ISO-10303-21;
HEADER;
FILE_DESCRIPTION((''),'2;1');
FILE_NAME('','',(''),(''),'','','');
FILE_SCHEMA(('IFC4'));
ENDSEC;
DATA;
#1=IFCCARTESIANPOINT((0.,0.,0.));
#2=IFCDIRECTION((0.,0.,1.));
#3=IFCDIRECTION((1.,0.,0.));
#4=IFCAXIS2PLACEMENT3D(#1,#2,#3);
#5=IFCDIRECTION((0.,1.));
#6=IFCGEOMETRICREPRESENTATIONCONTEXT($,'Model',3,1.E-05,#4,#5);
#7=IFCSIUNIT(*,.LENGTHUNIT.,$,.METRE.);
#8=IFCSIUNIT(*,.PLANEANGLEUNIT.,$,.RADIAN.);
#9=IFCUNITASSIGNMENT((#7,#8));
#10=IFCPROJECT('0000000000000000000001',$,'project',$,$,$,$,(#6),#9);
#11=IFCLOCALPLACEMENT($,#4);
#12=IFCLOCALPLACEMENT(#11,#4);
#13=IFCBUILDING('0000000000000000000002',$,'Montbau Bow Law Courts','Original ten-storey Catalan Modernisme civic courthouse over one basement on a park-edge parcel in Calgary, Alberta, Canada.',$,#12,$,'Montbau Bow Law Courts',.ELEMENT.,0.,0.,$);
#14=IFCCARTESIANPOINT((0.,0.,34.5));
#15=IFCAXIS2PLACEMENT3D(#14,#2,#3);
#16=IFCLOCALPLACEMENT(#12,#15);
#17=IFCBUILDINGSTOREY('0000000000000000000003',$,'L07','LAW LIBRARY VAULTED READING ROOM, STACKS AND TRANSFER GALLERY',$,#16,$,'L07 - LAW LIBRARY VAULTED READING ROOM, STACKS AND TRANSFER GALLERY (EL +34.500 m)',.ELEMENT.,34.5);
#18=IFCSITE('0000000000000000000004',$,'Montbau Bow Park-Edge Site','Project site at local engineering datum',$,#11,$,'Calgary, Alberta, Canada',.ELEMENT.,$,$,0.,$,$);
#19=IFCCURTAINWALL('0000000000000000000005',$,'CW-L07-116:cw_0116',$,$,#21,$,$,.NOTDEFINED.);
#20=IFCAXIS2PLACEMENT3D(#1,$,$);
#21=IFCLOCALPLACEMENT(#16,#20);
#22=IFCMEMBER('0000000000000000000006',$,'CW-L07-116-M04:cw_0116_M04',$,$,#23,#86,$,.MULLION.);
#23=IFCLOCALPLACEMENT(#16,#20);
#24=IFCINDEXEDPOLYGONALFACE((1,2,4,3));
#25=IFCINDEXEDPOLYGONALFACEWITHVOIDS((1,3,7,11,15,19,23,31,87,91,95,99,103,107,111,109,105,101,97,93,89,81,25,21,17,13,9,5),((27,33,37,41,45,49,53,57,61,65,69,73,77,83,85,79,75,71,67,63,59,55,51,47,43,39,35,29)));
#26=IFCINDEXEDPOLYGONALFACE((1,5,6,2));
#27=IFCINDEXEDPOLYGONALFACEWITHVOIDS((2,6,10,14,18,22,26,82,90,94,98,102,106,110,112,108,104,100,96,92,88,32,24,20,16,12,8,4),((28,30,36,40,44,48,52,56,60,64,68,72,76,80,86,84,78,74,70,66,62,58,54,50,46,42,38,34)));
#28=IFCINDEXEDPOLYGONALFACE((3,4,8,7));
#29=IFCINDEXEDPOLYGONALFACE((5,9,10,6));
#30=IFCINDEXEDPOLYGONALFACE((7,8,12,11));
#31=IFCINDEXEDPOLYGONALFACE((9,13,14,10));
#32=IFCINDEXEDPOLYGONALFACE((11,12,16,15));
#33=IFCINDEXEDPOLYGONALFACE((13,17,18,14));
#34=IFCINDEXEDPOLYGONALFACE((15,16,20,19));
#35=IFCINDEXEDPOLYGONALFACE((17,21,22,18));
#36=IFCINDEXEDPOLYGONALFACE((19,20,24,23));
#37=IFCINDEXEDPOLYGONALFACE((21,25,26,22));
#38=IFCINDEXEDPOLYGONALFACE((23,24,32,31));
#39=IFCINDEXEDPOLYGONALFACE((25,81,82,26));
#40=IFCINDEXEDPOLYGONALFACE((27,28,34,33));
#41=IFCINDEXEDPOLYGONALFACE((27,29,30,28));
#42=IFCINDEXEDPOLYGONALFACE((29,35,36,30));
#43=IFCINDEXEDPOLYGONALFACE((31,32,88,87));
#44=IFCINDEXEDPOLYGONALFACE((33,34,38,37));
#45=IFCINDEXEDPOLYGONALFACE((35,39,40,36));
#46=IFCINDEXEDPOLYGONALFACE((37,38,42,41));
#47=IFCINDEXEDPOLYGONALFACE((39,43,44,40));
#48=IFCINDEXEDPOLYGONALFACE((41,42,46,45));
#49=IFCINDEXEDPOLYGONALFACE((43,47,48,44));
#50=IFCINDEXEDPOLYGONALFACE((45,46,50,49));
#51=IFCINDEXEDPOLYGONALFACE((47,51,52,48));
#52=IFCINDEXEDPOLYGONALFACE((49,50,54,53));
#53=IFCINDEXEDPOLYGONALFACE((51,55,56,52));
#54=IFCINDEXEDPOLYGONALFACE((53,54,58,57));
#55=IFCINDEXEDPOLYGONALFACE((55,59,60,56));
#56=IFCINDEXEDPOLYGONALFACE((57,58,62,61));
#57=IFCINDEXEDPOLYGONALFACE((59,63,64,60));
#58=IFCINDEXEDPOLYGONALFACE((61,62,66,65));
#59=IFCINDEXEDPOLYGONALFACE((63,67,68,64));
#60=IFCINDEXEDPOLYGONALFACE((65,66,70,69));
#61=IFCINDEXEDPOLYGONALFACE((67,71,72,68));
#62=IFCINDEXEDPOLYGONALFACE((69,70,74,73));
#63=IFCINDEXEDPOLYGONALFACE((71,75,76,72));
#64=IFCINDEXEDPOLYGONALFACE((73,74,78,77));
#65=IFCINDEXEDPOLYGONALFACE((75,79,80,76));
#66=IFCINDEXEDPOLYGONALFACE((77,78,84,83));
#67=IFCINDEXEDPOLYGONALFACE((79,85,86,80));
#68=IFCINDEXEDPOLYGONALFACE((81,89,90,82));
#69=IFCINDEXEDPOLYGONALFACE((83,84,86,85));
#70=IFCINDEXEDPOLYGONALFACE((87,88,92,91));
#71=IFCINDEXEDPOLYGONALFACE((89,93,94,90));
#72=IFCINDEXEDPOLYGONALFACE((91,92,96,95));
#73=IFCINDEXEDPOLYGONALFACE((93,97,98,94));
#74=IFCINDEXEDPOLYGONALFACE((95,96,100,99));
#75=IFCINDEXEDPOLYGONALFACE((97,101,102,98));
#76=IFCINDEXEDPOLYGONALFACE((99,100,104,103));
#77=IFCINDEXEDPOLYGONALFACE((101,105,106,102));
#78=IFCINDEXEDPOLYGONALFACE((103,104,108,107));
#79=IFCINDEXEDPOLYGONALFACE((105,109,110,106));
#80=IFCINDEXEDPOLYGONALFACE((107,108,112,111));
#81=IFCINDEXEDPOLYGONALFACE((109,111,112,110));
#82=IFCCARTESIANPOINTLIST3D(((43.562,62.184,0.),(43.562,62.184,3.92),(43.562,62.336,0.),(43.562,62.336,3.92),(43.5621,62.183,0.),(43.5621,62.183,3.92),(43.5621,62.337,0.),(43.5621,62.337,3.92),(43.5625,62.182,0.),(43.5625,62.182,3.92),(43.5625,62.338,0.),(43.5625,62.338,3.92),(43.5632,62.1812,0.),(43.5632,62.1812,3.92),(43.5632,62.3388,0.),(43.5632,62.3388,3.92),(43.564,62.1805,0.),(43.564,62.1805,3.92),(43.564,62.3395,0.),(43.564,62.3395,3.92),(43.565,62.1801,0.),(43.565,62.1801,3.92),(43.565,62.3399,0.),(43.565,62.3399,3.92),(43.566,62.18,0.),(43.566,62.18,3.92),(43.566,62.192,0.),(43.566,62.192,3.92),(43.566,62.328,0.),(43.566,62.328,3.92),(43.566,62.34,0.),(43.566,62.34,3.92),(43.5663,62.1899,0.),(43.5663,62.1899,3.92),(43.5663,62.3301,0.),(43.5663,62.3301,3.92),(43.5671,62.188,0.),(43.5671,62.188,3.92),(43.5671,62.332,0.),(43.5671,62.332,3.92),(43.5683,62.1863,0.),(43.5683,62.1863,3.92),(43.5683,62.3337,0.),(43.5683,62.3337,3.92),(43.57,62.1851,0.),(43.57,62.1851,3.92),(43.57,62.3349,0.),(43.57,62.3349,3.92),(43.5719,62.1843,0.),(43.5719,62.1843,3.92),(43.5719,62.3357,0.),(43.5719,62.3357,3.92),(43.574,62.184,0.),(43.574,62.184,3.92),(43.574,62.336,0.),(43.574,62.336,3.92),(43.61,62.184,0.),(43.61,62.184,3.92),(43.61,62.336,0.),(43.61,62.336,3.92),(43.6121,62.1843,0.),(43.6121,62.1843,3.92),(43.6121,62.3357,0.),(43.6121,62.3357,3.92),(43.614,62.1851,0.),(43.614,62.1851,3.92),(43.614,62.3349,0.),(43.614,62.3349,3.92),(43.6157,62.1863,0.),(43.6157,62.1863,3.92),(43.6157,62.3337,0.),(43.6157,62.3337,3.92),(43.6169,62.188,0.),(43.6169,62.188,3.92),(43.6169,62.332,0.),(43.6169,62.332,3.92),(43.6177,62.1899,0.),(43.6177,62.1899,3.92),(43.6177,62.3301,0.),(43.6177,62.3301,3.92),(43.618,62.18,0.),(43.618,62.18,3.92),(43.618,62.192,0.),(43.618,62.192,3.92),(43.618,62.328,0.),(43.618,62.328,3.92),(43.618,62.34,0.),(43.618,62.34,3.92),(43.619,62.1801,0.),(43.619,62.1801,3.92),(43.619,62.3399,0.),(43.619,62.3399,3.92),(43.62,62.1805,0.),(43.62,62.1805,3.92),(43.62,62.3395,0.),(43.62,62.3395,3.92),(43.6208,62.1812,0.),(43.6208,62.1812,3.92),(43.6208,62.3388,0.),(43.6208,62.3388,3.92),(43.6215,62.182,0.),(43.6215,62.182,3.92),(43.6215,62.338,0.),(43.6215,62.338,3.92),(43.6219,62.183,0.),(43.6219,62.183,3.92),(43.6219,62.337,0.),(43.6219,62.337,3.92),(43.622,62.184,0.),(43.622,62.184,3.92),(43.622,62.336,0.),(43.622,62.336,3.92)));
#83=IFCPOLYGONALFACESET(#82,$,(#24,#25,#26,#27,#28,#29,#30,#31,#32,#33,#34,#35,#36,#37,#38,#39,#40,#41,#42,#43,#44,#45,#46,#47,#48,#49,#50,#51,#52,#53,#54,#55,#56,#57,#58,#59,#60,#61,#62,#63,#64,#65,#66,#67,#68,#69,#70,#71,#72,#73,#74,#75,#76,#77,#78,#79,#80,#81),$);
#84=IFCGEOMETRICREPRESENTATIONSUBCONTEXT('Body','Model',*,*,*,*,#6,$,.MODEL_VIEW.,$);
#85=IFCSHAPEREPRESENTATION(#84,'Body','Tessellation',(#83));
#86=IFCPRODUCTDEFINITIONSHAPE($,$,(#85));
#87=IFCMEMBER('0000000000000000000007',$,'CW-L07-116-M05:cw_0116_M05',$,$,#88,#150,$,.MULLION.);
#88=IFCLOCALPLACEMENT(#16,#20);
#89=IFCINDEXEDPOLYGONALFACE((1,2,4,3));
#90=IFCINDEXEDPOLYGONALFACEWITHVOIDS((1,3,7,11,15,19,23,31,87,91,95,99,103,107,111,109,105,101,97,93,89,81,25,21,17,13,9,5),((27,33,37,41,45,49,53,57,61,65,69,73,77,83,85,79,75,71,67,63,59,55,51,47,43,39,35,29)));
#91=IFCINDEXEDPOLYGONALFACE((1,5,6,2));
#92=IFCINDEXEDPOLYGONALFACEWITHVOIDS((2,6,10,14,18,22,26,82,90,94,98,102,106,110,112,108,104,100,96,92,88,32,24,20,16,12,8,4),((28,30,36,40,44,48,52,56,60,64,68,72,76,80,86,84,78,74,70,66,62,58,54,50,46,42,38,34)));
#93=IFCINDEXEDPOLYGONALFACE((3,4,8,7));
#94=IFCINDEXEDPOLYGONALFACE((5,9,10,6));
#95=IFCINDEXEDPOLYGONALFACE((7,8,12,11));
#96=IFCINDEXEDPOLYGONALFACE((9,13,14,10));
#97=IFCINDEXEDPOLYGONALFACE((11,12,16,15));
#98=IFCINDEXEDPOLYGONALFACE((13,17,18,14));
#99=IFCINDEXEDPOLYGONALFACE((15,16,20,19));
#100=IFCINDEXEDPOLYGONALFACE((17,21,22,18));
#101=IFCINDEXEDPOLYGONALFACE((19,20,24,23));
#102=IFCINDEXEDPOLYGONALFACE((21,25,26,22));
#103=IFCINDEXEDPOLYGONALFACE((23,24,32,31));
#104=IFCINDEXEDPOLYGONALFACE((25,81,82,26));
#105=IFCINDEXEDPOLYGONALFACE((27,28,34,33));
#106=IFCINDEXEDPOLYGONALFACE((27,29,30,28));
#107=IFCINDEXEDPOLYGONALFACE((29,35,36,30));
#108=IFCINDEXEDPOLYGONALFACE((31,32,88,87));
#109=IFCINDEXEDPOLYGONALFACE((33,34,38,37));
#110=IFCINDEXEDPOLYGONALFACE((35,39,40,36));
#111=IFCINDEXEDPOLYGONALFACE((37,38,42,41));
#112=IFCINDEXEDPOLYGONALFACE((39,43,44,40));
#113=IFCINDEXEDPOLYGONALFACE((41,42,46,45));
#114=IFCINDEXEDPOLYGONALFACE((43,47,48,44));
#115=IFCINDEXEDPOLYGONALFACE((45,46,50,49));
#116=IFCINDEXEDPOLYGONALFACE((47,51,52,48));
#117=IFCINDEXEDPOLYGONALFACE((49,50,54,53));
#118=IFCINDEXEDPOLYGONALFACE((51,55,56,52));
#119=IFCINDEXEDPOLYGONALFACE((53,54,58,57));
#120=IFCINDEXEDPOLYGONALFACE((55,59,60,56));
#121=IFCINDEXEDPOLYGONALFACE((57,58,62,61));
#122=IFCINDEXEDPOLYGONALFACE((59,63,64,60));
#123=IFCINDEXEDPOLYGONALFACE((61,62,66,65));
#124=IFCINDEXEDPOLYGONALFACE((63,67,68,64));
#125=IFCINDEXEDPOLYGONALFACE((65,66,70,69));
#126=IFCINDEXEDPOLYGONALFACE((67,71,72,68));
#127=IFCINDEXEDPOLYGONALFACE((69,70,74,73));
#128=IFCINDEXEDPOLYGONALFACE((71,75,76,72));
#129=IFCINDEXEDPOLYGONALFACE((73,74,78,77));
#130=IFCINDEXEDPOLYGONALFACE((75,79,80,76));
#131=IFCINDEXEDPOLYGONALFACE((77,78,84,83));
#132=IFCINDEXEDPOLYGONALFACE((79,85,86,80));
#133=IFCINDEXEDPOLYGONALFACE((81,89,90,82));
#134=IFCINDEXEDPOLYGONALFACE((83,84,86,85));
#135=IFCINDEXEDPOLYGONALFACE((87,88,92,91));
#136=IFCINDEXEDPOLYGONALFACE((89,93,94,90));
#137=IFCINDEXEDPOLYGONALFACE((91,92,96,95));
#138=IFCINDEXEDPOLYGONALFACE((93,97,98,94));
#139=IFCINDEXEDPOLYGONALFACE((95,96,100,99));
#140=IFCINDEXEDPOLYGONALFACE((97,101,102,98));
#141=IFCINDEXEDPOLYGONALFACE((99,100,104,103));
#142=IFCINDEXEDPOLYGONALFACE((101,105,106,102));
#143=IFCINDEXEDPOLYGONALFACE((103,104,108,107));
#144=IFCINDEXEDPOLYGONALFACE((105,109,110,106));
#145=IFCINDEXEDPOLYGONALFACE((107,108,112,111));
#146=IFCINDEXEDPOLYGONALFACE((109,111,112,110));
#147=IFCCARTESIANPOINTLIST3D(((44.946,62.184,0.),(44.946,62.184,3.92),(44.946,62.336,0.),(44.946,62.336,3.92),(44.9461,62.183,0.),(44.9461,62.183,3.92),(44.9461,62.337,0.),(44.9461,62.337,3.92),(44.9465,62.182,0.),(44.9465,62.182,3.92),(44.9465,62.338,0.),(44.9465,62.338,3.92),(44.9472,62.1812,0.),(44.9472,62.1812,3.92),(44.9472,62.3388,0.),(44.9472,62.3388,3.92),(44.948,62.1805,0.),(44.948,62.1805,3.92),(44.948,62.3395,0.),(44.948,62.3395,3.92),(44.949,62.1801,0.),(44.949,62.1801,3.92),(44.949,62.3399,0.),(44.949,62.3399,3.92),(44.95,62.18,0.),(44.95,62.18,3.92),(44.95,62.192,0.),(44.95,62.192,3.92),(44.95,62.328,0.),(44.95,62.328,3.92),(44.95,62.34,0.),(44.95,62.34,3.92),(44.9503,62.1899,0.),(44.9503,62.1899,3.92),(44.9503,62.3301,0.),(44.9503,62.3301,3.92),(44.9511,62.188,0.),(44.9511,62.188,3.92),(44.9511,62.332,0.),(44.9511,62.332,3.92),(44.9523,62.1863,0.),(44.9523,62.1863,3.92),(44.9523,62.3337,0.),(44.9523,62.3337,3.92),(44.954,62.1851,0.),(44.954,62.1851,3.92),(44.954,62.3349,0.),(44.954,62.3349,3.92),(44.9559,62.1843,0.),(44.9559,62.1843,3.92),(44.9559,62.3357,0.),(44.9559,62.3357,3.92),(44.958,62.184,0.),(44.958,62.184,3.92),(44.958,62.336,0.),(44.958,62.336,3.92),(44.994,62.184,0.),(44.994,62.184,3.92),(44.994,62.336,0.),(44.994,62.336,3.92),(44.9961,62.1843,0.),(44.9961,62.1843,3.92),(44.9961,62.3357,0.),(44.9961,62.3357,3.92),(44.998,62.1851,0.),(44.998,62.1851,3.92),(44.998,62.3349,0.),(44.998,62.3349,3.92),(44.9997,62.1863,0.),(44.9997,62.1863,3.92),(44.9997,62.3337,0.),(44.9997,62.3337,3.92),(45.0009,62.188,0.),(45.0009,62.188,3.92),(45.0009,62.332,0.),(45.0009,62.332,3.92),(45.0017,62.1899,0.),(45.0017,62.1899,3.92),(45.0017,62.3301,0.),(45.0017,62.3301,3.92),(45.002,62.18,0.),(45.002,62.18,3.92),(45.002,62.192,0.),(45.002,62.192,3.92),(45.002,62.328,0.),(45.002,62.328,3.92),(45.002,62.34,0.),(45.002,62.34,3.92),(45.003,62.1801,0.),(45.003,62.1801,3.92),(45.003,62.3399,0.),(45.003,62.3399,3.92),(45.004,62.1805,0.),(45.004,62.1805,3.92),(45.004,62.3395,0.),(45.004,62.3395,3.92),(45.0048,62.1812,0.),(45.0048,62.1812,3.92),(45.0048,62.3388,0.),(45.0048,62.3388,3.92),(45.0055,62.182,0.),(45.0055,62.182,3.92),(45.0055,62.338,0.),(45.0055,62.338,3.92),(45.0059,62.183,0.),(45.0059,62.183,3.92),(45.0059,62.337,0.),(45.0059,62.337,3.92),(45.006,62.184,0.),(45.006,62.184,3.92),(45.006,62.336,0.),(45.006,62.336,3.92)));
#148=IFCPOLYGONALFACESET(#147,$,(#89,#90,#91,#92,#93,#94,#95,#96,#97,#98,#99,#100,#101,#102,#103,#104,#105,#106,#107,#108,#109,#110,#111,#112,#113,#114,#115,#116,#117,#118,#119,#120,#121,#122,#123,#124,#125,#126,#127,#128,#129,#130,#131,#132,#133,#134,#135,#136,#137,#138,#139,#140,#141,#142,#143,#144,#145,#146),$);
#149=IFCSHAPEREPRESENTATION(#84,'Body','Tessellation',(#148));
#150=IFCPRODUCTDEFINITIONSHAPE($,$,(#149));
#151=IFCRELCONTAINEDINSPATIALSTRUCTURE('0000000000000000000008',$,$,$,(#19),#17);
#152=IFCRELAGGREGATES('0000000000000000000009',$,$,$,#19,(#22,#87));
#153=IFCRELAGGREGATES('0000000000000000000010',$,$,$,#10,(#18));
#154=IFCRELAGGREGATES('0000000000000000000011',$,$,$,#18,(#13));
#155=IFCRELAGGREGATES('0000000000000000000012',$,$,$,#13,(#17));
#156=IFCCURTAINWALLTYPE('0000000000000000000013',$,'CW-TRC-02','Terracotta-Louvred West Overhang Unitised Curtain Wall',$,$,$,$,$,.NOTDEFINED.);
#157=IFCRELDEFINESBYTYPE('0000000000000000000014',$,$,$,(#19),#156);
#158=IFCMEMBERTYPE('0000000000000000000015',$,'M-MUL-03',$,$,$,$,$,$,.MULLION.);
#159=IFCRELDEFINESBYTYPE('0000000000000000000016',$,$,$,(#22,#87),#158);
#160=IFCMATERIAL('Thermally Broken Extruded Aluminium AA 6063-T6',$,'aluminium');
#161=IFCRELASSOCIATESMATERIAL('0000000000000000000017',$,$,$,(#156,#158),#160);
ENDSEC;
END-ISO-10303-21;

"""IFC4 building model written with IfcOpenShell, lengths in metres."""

from ifc_helpers import new_model, si_unit, direction, frame, origin_with_axes, origin_2d_with_axis, place, context, subcontext, project, spatial, hollow_rectangle, extrude, material, material_profile, profile_set, type_object, element, aggregate, save


model = new_model("IFC4")

# Units and contexts
model_context = context("Model", 3, precision=1e-05, world=origin_with_axes(), true_north=direction((0.0, 1.0)))
body_context = subcontext(model_context, "Body", "Model", "MODEL_VIEW")
ifc_project = project(units=[si_unit("LENGTHUNIT", "METRE"), si_unit("PLANEANGLEUNIT", "RADIAN")], contexts=[model_context])

# Site, building, storey
site_placement = place(None, origin_with_axes())
site = spatial("IfcSite", under=ifc_project, at=site_placement, Name="Montbau Bow Park-Edge Site", Description="Project site at local engineering datum", LongName="Calgary, Alberta, Canada", CompositionType="ELEMENT", RefElevation=0.0)
building_placement = place(site_placement, origin_with_axes())
building = spatial("IfcBuilding", under=site, at=building_placement, Name="Montbau Bow Law Courts", Description="Original ten-storey Catalan Modernisme civic courthouse over one basement on a park-edge parcel in Calgary, Alberta, Canada.", LongName="Montbau Bow Law Courts", CompositionType="ELEMENT", ElevationOfRefHeight=0.0, ElevationOfTerrain=0.0)
storey_placement = place(building_placement, frame((0.0, 0.0, 34.5), z_axis=(0.0, 0.0, 1.0), x_axis=(1.0, 0.0, 0.0)))
storey = spatial("IfcBuildingStorey", under=building, at=storey_placement, Name="L07", Description="LAW LIBRARY VAULTED READING ROOM, STACKS AND TRANSFER GALLERY", LongName="L07 - LAW LIBRARY VAULTED READING ROOM, STACKS AND TRANSFER GALLERY (EL +34.500 m)", CompositionType="ELEMENT", Elevation=34.5)

# Curtain wall, members
ifc_material_1 = material(Name="Thermally Broken Extruded Aluminium AA 6063-T6", Category="aluminium")
curtain_wall_type = type_object("IfcCurtainWallType", Name="CW-TRC-02", Description="Terracotta-Louvred West Overhang Unitised Curtain Wall", PredefinedType="NOTDEFINED", material=ifc_material_1)
curtain_wall_placement = place(None, frame((39.44, 62.26, 34.5), z_axis=(0.0, 0.0, 1.0), x_axis=(1.0, 0.0, 0.0)))
curtain_wall = element("IfcCurtainWall", 1, at=curtain_wall_placement, inside=storey, type_object=curtain_wall_type, Name="CW-L07-116:cw_0116", PredefinedType="NOTDEFINED")
ifc_material_profile_1 = material_profile(ifc_material_1, hollow_rectangle(XDim=0.06, YDim=0.16, WallThickness=0.004, InnerFilletRadius=0.008, OuterFilletRadius=0.004, at=origin_2d_with_axis()), Name="CWM-160X60", Category="Main", Priority=0)
ifc_profile_set_1 = profile_set([ifc_material_profile_1], Name="Thermally Broken Extruded Aluminium AA 6063-T6")
member_type_1 = type_object("IfcMemberType", Name="M-MUL-03", PredefinedType="MULLION", material=ifc_profile_set_1)
member_1_placement = place(None, frame((43.592, 62.26, 34.5), z_axis=(0.0, 0.0, 1.0), x_axis=(1.0, 0.0, 0.0)))
member_1 = element("IfcMember", 2, at=member_1_placement, type_object=member_type_1, Name="CW-L07-116-M04:cw_0116_M04", PredefinedType="MULLION", context=body_context, shape_type="SweptSolid", body=[
    extrude(hollow_rectangle(XDim=0.06, YDim=0.16, WallThickness=0.004, InnerFilletRadius=0.008, OuterFilletRadius=0.004, at=origin_2d_with_axis()), origin_with_axes(), (0.0, 0.0, 1.0), 3.92),
])
member_2_placement = place(None, frame((44.976, 62.26, 34.5), z_axis=(0.0, 0.0, 1.0), x_axis=(1.0, 0.0, 0.0)))
member_2 = element("IfcMember", 3, at=member_2_placement, type_object=member_type_1, Name="CW-L07-116-M05:cw_0116_M05", PredefinedType="MULLION", context=body_context, shape_type="SweptSolid", body=[
    extrude(hollow_rectangle(XDim=0.06, YDim=0.16, WallThickness=0.004, InnerFilletRadius=0.008, OuterFilletRadius=0.004, at=origin_2d_with_axis()), origin_with_axes(), (0.0, 0.0, 1.0), 3.92),
])
aggregate(curtain_wall, [member_1, member_2])

save(model, "model.ifc")
